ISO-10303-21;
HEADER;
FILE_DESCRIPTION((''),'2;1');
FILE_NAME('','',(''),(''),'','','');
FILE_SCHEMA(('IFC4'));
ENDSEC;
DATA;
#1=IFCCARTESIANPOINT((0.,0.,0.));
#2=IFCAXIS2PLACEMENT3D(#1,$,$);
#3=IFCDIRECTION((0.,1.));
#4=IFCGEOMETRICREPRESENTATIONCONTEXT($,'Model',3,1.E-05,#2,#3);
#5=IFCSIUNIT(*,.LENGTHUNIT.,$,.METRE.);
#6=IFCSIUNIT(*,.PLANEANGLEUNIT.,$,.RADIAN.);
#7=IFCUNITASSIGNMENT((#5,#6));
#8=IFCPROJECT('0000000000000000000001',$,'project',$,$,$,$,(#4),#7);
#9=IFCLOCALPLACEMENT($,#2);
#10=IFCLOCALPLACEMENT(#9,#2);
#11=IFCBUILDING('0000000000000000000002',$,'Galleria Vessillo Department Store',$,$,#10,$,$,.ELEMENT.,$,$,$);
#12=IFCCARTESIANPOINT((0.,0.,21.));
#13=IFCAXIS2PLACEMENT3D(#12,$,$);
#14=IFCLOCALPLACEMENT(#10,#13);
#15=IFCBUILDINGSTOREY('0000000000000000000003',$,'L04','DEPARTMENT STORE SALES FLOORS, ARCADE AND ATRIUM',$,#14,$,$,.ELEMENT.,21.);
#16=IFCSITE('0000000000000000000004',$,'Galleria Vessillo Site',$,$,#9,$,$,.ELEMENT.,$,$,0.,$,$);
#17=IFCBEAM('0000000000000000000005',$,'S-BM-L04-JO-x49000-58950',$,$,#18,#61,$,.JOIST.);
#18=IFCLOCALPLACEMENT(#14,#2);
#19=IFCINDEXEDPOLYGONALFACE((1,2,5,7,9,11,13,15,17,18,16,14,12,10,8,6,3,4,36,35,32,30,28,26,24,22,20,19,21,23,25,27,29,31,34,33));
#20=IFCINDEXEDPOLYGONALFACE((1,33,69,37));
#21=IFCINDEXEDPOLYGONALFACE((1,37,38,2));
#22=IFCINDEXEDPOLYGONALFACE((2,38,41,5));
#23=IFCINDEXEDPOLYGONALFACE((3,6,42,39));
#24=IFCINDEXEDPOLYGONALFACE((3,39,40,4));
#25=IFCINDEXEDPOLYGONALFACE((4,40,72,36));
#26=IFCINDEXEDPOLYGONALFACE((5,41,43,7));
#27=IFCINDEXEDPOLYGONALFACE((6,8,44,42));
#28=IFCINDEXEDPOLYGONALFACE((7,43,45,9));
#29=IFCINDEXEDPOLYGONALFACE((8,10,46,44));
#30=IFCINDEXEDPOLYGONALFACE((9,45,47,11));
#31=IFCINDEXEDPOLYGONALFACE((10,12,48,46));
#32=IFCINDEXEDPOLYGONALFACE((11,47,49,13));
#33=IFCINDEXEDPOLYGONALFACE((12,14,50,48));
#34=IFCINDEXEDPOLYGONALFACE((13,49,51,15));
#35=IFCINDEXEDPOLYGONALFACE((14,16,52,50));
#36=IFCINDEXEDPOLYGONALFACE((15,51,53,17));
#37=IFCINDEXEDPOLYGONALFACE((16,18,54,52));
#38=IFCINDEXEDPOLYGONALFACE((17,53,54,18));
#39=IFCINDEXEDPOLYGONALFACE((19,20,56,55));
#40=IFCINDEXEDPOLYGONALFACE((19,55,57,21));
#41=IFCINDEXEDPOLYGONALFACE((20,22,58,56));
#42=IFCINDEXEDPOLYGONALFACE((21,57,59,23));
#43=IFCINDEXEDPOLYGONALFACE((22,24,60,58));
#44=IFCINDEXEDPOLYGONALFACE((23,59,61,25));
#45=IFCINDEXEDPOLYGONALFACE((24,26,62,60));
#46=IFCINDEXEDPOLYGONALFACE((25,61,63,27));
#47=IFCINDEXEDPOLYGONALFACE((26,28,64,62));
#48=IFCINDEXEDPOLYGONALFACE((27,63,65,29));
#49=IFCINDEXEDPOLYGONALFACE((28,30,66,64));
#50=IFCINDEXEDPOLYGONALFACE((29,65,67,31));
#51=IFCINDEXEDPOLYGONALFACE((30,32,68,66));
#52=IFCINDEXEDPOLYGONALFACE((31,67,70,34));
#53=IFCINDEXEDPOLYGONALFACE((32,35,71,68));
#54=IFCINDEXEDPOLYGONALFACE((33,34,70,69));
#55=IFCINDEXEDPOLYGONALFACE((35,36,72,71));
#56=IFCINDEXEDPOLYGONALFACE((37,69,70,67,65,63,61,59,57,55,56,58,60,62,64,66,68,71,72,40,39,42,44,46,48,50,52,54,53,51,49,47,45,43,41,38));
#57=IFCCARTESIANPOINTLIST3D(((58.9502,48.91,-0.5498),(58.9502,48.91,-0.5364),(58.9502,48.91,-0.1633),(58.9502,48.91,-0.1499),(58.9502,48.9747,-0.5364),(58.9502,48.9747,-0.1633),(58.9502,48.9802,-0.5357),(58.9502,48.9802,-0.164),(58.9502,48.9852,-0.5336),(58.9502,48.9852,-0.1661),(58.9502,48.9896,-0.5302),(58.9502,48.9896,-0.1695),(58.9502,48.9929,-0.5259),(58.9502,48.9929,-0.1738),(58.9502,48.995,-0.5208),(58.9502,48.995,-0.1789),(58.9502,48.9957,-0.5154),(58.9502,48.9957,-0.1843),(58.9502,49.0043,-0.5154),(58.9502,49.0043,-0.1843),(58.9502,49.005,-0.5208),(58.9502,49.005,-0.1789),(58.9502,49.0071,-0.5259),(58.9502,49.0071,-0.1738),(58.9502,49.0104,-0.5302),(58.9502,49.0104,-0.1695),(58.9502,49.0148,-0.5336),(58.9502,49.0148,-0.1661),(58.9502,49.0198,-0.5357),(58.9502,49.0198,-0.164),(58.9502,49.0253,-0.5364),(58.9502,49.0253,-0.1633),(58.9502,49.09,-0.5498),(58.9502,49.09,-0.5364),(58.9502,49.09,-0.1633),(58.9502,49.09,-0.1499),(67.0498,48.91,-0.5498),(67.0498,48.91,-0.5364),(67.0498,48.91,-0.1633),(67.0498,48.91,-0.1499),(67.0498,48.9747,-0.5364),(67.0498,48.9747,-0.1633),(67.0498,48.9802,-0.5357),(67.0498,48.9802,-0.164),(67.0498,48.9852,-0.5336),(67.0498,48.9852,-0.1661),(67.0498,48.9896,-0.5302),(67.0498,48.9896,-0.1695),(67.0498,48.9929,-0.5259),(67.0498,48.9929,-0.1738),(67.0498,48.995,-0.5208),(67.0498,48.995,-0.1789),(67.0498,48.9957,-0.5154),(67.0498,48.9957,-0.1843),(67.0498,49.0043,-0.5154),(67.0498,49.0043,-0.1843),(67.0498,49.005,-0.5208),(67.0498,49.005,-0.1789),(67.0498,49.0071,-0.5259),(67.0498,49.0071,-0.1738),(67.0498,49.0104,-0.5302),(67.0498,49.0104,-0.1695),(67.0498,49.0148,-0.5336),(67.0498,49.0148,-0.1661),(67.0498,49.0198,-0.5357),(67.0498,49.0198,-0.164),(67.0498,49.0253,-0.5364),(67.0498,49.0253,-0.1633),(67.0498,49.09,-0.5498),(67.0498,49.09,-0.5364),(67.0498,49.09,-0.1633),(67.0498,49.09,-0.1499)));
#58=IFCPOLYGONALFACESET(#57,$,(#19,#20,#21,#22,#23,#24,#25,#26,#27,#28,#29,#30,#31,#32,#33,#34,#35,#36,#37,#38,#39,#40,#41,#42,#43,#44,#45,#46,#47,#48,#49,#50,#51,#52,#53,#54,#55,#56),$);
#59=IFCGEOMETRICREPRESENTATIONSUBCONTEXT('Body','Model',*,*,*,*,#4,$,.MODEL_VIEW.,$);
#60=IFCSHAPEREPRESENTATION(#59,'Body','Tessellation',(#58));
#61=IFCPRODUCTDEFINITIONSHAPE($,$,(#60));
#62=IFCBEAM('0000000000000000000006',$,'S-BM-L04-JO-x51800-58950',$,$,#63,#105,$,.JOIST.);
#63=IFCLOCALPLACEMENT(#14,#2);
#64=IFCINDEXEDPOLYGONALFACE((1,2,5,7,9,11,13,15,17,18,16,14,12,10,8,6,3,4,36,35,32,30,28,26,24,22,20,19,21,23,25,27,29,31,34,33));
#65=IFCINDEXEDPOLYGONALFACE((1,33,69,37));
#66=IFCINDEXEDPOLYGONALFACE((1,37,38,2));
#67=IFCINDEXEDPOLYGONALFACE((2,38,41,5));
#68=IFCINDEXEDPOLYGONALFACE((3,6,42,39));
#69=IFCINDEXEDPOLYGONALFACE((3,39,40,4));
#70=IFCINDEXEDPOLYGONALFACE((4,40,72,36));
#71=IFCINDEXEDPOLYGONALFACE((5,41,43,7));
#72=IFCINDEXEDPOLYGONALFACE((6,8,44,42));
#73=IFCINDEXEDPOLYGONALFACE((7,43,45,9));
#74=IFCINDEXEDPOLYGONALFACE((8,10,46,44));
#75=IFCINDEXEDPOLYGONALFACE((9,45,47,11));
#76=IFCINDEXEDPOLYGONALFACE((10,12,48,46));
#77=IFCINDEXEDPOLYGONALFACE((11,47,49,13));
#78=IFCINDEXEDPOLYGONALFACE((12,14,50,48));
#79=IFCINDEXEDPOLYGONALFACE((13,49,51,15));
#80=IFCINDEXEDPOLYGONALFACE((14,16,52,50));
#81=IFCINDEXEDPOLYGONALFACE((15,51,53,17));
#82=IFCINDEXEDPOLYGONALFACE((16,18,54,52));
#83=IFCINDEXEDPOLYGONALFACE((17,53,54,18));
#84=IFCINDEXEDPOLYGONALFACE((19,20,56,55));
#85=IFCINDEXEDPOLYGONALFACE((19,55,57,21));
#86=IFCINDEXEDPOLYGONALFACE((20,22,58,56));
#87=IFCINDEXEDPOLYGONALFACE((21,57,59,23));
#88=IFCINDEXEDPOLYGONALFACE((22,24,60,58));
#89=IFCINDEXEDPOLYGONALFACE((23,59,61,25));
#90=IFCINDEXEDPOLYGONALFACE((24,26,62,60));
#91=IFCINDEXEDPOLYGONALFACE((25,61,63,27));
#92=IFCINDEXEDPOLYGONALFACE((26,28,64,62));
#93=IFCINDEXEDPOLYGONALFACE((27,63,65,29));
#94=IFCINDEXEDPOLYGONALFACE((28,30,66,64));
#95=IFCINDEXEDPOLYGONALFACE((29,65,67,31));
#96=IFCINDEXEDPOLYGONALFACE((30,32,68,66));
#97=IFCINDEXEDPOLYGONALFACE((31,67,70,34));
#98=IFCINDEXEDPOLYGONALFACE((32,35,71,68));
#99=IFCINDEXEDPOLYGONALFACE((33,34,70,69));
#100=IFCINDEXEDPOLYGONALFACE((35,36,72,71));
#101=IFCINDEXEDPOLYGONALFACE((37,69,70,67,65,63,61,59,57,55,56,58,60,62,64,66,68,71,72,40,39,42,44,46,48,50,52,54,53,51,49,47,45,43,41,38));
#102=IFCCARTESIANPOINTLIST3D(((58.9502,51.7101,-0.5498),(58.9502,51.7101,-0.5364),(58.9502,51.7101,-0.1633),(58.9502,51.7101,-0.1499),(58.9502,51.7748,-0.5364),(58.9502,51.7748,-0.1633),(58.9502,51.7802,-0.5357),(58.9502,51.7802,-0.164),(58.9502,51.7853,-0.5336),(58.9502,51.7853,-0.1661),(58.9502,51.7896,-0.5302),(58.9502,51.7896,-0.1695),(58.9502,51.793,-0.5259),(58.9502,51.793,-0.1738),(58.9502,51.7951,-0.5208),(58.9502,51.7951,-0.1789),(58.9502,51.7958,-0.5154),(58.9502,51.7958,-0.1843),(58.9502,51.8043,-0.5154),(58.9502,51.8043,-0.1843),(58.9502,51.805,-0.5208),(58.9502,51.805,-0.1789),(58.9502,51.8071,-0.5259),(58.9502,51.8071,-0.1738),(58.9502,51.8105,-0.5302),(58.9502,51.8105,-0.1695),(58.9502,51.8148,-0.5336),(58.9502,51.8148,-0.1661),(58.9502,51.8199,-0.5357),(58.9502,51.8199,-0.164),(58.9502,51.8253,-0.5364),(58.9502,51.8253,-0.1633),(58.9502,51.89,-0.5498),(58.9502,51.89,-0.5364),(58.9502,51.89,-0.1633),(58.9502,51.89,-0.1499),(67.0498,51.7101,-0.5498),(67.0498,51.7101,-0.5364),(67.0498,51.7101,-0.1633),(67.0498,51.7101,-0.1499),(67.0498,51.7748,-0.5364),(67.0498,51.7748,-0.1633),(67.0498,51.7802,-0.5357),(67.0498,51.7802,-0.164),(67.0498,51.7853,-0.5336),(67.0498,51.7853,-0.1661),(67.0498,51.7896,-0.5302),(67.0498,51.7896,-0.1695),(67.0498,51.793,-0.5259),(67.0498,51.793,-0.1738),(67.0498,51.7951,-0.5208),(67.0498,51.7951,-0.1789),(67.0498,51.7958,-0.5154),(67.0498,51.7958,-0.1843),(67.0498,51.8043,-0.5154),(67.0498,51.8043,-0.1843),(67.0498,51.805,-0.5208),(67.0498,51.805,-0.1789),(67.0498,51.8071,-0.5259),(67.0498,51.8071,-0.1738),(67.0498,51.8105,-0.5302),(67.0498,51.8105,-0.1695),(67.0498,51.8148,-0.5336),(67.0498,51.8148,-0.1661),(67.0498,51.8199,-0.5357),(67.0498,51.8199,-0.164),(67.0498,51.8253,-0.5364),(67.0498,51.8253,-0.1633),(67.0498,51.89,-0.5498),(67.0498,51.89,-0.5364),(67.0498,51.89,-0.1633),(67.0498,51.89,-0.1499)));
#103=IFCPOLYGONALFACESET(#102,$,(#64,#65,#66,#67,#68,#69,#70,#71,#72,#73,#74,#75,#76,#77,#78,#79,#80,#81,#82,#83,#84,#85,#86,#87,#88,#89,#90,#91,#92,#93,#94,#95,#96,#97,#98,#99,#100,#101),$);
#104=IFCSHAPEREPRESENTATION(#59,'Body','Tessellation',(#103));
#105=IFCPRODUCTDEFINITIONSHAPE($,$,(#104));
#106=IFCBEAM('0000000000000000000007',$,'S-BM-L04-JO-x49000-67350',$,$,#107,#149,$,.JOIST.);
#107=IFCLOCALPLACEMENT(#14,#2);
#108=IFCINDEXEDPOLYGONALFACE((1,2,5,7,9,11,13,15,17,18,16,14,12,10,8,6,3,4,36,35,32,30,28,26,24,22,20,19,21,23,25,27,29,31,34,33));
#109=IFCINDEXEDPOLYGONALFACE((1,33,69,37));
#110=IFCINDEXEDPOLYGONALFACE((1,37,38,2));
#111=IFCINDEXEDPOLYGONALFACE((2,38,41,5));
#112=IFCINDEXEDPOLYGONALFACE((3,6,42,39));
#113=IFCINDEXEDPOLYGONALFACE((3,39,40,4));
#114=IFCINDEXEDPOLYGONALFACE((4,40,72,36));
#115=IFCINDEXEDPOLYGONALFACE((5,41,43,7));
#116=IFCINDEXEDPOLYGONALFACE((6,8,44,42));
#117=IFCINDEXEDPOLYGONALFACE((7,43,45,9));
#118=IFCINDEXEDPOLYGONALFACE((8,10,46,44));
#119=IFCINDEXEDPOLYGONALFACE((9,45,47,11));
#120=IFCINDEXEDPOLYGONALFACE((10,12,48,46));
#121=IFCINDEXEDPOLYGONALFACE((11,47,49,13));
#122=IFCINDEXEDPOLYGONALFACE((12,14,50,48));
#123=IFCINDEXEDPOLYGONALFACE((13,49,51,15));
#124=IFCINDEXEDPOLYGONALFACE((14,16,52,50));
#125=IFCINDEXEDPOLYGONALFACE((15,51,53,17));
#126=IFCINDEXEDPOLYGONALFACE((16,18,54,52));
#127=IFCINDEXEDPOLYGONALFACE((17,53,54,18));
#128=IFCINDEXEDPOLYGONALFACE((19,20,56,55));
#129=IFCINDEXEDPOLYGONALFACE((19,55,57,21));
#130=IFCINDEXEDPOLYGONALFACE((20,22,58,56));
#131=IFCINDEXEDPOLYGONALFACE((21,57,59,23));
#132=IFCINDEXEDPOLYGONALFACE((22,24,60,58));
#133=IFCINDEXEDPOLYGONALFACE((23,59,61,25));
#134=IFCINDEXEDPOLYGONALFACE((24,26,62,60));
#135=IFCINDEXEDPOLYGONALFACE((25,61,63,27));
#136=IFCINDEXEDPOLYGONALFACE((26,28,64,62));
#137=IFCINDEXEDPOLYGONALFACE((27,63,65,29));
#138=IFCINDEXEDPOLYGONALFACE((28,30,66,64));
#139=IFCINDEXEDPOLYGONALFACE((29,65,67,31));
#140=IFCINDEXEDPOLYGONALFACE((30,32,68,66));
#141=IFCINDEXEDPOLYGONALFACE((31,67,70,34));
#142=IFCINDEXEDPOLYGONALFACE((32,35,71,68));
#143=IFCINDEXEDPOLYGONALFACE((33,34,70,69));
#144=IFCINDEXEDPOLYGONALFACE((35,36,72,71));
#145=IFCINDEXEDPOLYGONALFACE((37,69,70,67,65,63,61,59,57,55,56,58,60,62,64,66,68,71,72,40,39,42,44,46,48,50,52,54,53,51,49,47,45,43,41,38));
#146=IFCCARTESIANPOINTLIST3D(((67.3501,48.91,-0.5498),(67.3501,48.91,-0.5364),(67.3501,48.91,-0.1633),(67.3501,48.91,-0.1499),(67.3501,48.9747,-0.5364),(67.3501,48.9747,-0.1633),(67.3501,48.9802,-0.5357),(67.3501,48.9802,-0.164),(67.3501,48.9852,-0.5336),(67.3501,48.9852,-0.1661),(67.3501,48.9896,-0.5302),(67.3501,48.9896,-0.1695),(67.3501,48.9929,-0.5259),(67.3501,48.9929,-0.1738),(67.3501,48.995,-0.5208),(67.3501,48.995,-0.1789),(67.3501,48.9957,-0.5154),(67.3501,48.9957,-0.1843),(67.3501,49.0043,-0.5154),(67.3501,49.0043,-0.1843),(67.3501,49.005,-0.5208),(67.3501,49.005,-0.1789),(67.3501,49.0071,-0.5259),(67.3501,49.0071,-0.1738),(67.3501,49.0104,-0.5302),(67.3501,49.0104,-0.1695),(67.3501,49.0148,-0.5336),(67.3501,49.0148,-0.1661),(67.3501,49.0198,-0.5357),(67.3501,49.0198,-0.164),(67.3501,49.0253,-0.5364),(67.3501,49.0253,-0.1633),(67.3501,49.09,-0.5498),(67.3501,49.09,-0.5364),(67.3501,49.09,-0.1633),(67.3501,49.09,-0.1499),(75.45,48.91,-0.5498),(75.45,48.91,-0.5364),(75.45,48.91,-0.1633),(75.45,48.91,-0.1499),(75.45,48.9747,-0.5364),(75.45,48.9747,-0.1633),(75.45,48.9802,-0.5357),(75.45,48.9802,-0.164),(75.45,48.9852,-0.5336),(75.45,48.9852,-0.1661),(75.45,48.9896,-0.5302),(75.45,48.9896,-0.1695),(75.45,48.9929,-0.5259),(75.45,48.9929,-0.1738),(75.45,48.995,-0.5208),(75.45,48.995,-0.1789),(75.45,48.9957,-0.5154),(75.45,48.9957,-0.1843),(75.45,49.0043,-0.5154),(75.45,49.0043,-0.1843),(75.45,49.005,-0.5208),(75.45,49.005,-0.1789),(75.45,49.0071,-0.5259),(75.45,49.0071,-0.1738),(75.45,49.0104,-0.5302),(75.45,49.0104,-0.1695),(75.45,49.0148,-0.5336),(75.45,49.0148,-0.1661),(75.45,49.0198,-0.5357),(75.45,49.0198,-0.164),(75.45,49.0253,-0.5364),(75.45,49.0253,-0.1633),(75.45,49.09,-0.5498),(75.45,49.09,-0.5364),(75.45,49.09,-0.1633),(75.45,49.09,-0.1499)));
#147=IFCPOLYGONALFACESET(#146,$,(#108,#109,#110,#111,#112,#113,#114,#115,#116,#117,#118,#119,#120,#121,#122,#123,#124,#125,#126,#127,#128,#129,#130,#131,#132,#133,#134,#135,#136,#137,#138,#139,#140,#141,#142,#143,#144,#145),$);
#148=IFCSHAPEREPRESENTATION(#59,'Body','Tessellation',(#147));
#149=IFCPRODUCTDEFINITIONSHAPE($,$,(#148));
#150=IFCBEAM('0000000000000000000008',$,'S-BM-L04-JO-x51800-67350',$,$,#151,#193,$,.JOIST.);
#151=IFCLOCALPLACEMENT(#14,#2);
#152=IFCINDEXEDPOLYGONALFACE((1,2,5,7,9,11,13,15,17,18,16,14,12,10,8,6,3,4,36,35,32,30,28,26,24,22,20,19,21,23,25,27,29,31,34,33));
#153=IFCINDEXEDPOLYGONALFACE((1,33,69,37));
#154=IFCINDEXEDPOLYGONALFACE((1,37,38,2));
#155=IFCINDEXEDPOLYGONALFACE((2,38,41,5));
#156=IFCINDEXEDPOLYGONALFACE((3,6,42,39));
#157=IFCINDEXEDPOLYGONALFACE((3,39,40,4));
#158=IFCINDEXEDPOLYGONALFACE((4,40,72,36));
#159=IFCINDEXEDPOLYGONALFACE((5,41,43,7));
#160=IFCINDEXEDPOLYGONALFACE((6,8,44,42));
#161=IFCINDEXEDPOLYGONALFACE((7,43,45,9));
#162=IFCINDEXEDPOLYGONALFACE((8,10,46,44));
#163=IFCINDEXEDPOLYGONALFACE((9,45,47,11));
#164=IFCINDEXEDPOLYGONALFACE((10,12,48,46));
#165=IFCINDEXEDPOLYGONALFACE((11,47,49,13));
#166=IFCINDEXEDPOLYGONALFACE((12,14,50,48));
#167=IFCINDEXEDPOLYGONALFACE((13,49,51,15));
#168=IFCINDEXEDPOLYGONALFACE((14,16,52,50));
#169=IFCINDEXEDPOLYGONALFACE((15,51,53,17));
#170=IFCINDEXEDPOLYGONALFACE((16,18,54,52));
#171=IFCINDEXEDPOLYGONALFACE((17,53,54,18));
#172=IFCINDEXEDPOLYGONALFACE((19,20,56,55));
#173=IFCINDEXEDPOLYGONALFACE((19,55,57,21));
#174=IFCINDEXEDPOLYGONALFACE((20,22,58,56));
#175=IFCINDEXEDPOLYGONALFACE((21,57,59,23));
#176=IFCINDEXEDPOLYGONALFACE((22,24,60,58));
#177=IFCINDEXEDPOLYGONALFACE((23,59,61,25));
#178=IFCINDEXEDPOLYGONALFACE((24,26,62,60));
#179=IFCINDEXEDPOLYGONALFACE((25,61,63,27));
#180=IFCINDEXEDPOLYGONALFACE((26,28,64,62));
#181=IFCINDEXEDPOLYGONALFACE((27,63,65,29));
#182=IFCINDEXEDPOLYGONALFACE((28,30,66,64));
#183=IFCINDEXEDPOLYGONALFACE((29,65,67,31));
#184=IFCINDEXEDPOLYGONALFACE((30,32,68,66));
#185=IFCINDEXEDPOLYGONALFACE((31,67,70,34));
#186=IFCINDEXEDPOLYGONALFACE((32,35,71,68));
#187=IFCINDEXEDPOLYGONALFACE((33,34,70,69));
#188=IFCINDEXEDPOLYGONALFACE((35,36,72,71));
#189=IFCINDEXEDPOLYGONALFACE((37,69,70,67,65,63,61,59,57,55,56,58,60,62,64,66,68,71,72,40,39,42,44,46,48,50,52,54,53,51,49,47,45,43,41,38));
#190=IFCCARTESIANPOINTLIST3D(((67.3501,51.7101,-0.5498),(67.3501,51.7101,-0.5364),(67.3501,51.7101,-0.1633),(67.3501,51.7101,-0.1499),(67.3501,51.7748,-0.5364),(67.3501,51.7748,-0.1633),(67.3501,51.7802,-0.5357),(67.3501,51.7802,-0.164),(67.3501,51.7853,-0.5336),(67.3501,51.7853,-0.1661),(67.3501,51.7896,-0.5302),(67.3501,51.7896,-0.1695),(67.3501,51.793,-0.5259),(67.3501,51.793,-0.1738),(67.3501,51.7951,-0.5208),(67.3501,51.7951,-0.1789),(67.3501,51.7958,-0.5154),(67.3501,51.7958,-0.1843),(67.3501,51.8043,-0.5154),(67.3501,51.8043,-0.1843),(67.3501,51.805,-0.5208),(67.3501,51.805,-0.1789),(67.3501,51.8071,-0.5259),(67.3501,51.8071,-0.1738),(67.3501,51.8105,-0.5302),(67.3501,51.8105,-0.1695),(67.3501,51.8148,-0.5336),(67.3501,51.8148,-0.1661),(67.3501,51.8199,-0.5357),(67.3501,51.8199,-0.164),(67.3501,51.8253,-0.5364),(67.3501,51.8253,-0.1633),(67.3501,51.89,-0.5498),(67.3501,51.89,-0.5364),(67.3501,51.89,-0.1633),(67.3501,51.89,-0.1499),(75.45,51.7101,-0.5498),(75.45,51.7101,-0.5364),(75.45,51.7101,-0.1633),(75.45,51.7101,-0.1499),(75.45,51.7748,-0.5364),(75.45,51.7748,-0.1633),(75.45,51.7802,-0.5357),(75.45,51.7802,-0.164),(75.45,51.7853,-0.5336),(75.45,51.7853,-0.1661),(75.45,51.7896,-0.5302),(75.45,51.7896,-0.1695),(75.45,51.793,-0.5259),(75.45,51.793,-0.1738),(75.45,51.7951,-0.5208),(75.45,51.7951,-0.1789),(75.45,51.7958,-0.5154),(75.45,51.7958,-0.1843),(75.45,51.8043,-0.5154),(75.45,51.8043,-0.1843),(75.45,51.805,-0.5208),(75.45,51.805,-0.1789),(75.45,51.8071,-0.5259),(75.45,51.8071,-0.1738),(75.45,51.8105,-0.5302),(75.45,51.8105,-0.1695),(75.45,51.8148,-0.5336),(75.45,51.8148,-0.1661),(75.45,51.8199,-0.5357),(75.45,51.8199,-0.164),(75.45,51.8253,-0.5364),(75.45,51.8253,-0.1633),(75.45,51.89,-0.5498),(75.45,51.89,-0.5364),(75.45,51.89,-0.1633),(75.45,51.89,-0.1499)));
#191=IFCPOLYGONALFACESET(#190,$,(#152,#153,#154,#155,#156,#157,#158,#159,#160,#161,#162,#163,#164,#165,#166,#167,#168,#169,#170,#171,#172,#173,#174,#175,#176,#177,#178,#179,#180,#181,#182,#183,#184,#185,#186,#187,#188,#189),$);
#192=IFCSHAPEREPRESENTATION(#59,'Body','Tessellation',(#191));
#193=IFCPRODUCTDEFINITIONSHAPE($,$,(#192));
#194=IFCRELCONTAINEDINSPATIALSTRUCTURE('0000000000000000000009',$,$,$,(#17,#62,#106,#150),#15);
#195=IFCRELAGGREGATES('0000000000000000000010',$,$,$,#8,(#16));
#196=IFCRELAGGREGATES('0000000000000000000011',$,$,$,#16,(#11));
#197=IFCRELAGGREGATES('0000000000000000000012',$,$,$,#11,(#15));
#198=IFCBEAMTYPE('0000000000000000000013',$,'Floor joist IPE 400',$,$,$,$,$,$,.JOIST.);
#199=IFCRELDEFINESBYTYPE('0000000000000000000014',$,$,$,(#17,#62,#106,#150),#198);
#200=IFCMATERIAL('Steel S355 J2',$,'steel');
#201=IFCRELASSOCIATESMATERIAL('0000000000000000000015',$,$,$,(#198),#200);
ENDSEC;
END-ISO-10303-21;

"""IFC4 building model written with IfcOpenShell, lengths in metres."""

from ifc_helpers import new_model, si_unit, direction, frame, origin, origin_2d, place, context, subcontext, project, spatial, i_section, extrude, material, material_profile, profile_set, type_object, element, save


model = new_model("IFC4")

# Units and contexts
model_context = context("Model", 3, precision=1e-05, world=origin(), true_north=direction((0.0, 1.0)))
body_context = subcontext(model_context, "Body", "Model", "MODEL_VIEW")
ifc_project = project(units=[si_unit("LENGTHUNIT", "METRE"), si_unit("PLANEANGLEUNIT", "RADIAN")], contexts=[model_context])

# Site, building, storey
site_placement = place(None, origin())
site = spatial("IfcSite", under=ifc_project, at=site_placement, Name="Galleria Vessillo Site", CompositionType="ELEMENT", RefElevation=0.0)
building_placement = place(site_placement, origin())
building = spatial("IfcBuilding", under=site, at=building_placement, Name="Galleria Vessillo Department Store", CompositionType="ELEMENT")
storey_placement = place(building_placement, frame((0.0, 0.0, 21.0)))
storey = spatial("IfcBuildingStorey", under=building, at=storey_placement, Name="L04", Description="DEPARTMENT STORE SALES FLOORS, ARCADE AND ATRIUM", CompositionType="ELEMENT", Elevation=21.0)

# Beams
ifc_material_1 = material(Name="Steel S355 J2", Category="steel")
ifc_material_profile_1 = material_profile(ifc_material_1, i_section(OverallWidth=0.1799, OverallDepth=0.3999, WebThickness=0.0085, FlangeThickness=0.0134, FilletRadius=0.021, at=origin_2d()), Name="IPE 400")
ifc_profile_set_1 = profile_set([ifc_material_profile_1], Name="Steel S355 J2")
beam_type_1 = type_object("IfcBeamType", Name="Floor joist IPE 400", PredefinedType="JOIST", material=ifc_profile_set_1)
for number, where, z_axis, x_axis, name in (
    (1, (58.9502, 49.0, -0.3499), (1.0, 0.0, 0.0), (0.0, 1.0, 0.0), "S-BM-L04-JO-x49000-58950"),
    (2, (58.9502, 51.8, -0.3499), (1.0, 0.0, 0.0), (0.0, 1.0, 0.0), "S-BM-L04-JO-x51800-58950"),
):
    element("IfcBeam", number, at=place(storey_placement, frame(where, z_axis=z_axis, x_axis=x_axis)), inside=storey, type_object=beam_type_1, Name=name, PredefinedType="JOIST", context=body_context, shape_type="SweptSolid", body=[
        extrude(i_section(OverallWidth=0.1799, OverallDepth=0.3999, WebThickness=0.0085, FlangeThickness=0.0134, FilletRadius=0.021, at=origin_2d()), origin(), (0.0, 0.0, 1.0), 8.0996),
    ])
for number, where, z_axis, x_axis, name in (
    (3, (67.3501, 49.0, -0.3499), (1.0, 0.0, 0.0), (0.0, 1.0, 0.0), "S-BM-L04-JO-x49000-67350"),
    (4, (67.3501, 51.8, -0.3499), (1.0, 0.0, 0.0), (0.0, 1.0, 0.0), "S-BM-L04-JO-x51800-67350"),
):
    element("IfcBeam", number, at=place(storey_placement, frame(where, z_axis=z_axis, x_axis=x_axis)), inside=storey, type_object=beam_type_1, Name=name, PredefinedType="JOIST", context=body_context, shape_type="SweptSolid", body=[
        extrude(i_section(OverallWidth=0.1799, OverallDepth=0.3999, WebThickness=0.0085, FlangeThickness=0.0134, FilletRadius=0.021, at=origin_2d()), origin(), (0.0, 0.0, 1.0), 8.0999),
    ])

save(model, "model.ifc")
